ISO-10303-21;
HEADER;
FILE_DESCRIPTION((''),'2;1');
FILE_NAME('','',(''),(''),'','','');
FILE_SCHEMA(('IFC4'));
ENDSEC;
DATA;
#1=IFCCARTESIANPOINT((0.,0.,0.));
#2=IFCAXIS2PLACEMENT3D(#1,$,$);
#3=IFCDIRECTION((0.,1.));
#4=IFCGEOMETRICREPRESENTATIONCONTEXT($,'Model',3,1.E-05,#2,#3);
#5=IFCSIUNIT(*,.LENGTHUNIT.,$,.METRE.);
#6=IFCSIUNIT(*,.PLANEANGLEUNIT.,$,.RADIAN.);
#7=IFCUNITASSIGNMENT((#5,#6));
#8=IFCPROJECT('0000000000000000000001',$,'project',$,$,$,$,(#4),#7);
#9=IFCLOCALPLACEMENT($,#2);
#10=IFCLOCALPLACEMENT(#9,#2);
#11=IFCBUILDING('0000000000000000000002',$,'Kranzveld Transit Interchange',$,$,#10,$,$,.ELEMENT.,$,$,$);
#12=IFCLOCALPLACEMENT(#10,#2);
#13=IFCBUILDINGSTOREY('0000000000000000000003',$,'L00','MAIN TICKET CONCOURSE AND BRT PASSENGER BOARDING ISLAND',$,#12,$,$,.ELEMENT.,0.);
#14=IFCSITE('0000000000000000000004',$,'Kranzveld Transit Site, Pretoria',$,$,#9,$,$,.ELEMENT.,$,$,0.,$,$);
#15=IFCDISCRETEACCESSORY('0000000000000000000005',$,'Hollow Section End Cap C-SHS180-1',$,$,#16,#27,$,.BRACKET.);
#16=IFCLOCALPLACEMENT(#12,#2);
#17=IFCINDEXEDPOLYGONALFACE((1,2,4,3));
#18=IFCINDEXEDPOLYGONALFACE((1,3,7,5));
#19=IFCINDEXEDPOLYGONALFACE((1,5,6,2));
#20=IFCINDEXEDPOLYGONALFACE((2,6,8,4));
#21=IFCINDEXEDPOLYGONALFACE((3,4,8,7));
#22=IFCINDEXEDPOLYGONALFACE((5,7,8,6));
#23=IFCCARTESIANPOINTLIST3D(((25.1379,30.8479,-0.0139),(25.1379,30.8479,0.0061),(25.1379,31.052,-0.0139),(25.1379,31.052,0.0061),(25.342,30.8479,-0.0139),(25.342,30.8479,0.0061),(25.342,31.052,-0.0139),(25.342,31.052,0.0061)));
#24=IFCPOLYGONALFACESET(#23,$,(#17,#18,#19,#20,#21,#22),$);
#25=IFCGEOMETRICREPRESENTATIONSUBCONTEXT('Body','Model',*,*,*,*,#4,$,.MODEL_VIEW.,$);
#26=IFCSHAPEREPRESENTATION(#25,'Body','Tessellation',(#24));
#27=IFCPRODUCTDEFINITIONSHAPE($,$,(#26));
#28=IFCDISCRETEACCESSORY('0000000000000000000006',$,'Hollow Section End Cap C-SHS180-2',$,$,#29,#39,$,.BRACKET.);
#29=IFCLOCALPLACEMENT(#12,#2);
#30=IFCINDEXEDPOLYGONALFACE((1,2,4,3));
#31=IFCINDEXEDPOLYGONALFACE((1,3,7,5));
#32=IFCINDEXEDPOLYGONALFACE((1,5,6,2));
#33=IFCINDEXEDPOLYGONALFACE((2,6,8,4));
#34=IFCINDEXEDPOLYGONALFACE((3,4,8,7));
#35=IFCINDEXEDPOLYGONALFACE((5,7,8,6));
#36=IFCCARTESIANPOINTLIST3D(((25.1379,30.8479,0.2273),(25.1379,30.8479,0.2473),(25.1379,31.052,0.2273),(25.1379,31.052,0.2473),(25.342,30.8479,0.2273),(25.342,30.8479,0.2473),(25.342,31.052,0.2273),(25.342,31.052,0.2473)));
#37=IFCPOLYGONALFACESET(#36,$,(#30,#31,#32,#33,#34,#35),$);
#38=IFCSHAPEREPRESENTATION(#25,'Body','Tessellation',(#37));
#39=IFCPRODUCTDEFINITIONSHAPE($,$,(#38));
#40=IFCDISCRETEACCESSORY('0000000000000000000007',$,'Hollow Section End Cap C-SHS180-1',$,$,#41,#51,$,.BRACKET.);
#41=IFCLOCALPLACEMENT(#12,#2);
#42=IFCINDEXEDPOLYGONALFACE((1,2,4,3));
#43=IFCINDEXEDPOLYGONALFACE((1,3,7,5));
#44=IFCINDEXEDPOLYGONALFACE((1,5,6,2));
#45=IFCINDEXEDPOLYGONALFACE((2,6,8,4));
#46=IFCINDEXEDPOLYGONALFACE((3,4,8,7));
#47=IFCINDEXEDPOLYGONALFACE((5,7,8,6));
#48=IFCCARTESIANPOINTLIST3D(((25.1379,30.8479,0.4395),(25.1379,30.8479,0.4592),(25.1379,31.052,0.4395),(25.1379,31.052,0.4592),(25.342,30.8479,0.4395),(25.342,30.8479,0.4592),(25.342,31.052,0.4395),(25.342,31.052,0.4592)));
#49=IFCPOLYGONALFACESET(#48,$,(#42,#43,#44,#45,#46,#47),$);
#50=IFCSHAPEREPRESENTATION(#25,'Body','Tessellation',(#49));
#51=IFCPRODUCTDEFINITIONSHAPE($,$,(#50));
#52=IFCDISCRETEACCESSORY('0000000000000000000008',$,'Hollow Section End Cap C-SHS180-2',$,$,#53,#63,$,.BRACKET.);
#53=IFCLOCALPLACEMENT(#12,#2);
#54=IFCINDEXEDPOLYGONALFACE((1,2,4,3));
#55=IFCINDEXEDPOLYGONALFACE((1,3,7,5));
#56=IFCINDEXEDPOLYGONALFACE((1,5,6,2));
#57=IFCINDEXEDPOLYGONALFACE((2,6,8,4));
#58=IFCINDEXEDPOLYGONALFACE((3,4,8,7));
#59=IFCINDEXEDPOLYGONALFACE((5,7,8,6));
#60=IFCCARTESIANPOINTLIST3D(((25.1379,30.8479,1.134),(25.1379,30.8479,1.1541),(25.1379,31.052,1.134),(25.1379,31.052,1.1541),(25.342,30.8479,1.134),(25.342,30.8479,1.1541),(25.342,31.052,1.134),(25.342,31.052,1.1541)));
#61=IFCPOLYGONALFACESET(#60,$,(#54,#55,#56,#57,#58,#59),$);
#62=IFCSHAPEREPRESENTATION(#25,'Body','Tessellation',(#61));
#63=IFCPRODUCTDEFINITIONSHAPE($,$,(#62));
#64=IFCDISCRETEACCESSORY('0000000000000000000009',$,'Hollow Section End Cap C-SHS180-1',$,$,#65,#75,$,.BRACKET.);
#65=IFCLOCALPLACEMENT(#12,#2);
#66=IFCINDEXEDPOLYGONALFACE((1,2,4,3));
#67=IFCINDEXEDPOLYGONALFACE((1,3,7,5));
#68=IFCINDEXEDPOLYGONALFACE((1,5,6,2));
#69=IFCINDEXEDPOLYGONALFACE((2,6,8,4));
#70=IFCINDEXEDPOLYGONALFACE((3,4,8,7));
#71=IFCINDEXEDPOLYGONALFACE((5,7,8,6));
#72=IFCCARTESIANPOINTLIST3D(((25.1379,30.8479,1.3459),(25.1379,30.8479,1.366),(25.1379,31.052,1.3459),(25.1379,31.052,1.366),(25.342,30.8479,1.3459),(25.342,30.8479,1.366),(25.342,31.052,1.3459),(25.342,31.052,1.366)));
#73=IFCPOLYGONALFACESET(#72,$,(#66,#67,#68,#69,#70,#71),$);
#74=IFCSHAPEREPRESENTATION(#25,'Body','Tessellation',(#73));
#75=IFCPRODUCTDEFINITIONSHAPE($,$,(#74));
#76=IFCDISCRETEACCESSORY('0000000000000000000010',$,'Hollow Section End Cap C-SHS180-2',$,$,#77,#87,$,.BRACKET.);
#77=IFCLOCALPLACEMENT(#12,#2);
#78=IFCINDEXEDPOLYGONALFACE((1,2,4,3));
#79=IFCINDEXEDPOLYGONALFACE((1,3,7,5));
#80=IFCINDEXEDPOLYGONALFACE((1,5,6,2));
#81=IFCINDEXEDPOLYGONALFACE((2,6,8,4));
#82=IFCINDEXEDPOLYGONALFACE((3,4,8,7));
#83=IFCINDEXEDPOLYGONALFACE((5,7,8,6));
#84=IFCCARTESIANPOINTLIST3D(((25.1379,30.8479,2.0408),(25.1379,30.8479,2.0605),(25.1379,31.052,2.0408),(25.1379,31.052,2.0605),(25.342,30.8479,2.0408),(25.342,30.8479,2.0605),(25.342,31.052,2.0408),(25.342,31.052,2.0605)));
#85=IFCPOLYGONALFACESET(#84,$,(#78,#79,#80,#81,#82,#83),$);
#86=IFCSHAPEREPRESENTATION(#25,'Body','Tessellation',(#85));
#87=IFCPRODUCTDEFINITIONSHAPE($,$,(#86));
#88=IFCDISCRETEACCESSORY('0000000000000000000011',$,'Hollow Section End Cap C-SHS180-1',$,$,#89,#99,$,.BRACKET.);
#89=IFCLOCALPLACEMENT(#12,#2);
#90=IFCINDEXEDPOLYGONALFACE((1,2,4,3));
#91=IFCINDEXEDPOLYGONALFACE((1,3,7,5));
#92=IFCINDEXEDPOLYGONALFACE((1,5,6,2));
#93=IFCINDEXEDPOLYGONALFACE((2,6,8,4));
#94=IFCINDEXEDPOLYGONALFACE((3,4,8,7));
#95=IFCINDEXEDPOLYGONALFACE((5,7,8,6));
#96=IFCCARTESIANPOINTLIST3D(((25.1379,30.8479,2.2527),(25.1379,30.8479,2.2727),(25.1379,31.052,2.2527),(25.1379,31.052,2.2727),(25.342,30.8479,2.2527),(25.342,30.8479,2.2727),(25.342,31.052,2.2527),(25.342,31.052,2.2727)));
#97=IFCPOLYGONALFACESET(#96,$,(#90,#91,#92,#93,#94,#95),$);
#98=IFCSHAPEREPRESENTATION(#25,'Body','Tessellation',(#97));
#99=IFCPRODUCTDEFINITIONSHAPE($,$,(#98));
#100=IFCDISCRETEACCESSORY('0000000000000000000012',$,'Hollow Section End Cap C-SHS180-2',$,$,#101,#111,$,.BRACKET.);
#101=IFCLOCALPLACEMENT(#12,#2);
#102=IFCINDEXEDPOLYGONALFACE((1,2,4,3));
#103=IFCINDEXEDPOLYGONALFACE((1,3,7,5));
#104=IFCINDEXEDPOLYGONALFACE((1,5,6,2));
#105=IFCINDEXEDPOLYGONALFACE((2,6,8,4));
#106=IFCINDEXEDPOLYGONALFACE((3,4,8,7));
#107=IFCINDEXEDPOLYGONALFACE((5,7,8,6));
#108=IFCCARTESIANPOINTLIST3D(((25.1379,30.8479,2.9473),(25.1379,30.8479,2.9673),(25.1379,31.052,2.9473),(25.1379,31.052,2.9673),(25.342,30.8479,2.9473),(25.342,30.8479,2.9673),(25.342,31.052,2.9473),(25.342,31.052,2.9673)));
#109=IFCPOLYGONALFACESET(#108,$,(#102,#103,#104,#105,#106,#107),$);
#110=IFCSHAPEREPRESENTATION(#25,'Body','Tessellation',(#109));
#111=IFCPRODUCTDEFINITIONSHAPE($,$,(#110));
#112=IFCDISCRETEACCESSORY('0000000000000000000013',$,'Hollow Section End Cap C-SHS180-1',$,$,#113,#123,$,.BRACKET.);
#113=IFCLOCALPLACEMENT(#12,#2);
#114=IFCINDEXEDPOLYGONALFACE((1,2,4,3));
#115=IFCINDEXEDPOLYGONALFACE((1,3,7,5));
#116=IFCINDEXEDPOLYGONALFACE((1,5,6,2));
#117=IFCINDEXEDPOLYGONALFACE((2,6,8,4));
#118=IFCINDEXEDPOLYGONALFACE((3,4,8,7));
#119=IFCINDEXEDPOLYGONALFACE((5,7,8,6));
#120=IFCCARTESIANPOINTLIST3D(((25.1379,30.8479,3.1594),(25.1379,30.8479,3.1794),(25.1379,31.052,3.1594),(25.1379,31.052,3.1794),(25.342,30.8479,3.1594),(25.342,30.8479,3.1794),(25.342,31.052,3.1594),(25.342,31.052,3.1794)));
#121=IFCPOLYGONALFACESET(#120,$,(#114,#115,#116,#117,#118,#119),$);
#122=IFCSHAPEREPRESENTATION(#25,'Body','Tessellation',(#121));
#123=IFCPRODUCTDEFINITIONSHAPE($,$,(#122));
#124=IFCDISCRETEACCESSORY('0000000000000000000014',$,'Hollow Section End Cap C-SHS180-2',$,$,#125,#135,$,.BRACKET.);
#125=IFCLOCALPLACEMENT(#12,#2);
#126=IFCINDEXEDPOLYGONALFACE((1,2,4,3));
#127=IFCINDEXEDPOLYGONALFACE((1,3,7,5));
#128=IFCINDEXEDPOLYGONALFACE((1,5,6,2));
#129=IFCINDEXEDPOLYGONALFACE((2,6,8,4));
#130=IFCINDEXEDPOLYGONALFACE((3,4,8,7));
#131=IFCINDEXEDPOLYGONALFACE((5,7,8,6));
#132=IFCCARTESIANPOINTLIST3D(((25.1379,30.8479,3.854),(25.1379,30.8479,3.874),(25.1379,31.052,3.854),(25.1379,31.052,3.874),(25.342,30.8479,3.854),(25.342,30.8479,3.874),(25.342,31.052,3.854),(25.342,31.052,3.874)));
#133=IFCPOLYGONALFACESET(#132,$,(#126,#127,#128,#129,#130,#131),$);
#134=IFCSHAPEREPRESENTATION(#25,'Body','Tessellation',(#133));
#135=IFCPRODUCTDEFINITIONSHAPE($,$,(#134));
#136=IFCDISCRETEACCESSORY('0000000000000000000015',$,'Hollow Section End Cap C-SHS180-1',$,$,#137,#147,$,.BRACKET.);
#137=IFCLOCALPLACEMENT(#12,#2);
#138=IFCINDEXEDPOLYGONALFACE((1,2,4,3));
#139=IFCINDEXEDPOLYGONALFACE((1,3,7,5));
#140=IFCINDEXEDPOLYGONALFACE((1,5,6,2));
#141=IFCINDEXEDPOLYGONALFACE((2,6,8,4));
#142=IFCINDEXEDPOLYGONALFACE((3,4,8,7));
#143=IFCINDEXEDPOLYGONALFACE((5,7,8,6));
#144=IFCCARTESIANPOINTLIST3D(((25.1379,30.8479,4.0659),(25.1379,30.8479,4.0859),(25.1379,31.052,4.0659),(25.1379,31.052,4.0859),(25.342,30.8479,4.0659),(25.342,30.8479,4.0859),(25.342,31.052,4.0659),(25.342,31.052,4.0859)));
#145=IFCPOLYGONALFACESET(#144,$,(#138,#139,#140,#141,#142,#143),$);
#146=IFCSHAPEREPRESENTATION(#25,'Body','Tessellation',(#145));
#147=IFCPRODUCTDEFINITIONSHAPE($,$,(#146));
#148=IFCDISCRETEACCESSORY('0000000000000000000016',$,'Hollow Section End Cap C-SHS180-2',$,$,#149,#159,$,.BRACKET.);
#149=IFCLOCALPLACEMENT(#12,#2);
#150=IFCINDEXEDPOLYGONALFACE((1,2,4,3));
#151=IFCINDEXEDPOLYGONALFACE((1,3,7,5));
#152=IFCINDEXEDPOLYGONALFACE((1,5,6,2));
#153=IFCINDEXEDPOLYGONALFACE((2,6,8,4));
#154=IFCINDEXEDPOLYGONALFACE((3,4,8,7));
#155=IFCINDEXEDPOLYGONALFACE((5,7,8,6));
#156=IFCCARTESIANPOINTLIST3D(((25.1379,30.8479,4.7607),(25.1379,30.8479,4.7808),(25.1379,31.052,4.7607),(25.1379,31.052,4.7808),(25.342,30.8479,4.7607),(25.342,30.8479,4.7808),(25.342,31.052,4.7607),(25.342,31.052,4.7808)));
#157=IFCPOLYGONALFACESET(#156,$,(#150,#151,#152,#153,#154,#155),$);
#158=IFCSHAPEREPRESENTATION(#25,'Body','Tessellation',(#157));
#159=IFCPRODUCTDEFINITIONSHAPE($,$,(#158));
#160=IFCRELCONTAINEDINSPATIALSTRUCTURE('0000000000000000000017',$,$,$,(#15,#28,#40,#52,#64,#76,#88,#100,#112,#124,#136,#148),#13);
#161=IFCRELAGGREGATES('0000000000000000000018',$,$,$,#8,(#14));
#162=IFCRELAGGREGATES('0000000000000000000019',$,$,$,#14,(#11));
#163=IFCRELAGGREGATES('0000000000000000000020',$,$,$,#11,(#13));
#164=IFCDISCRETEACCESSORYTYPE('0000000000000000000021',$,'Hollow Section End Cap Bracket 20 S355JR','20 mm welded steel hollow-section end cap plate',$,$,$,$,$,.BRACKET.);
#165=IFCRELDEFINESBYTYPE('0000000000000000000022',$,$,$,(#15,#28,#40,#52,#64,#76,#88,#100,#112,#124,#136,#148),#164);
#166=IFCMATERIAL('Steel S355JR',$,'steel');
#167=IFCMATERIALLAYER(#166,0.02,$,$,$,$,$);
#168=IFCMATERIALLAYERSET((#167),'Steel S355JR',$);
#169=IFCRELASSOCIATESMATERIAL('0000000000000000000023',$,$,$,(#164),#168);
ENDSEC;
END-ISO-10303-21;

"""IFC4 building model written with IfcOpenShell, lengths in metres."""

from ifc_helpers import new_model, si_unit, direction, frame, origin, origin_2d, place, context, subcontext, project, spatial, rectangle, extrude, material, layer, layer_set, type_object, element, save


model = new_model("IFC4")

# Units and contexts
model_context = context("Model", 3, precision=1e-05, world=origin(), true_north=direction((0.0, 1.0)))
body_context = subcontext(model_context, "Body", "Model", "MODEL_VIEW")
ifc_project = project(units=[si_unit("LENGTHUNIT", "METRE"), si_unit("PLANEANGLEUNIT", "RADIAN")], contexts=[model_context])

# Site, building, storey
site_placement = place(None, origin())
site = spatial("IfcSite", under=ifc_project, at=site_placement, Name="Kranzveld Transit Site, Pretoria", CompositionType="ELEMENT", RefElevation=0.0)
building_placement = place(site_placement, origin())
building = spatial("IfcBuilding", under=site, at=building_placement, Name="Kranzveld Transit Interchange", CompositionType="ELEMENT")
storey_placement = place(building_placement, origin())
storey = spatial("IfcBuildingStorey", under=building, at=storey_placement, Name="L00", Description="MAIN TICKET CONCOURSE AND BRT PASSENGER BOARDING ISLAND", CompositionType="ELEMENT", Elevation=0.0)

# Discrete accessories
ifc_material_1 = material(Name="Steel S355JR", Category="steel")
ifc_layer_1 = layer(ifc_material_1, 0.02)
ifc_layer_set_1 = layer_set([ifc_layer_1], Name="Steel S355JR")
discrete_accessory_type = type_object("IfcDiscreteAccessoryType", Name="Hollow Section End Cap Bracket 20 S355JR", Description="20 mm welded steel hollow-section end cap plate", PredefinedType="BRACKET", material=ifc_layer_set_1)
for number, where, z_axis, x_axis, name in (
    (1, (25.24, 30.95, 0.0061), (0.0, 0.0, -1.0), (1.0, 0.0, 0.0), "Hollow Section End Cap C-SHS180-1"),
    (2, (25.24, 30.95, 0.2273), (0.0, 0.0, 1.0), (1.0, 0.0, 0.0), "Hollow Section End Cap C-SHS180-2"),
):
    element("IfcDiscreteAccessory", number, at=place(storey_placement, frame(where, z_axis=z_axis, x_axis=x_axis)), inside=storey, type_object=discrete_accessory_type, Name=name, PredefinedType="BRACKET", context=body_context, shape_type="SweptSolid", body=[
        extrude(rectangle(XDim=0.2041, YDim=0.2041, at=origin_2d()), origin(), (0.0, 0.0, 1.0), 0.02),
    ])
discrete_accessory_1_placement = place(storey_placement, frame((25.24, 30.95, 0.4592), z_axis=(0.0, 0.0, -1.0), x_axis=(1.0, 0.0, 0.0)))
element("IfcDiscreteAccessory", 3, at=discrete_accessory_1_placement, inside=storey, type_object=discrete_accessory_type, Name="Hollow Section End Cap C-SHS180-1", PredefinedType="BRACKET", context=body_context, shape_type="SweptSolid", body=[
    extrude(rectangle(XDim=0.2041, YDim=0.2041, at=origin_2d()), origin(), (0.0, 0.0, 1.0), 0.0198),
])
for number, where, z_axis, x_axis, name in (
    (4, (25.24, 30.95, 1.134), (0.0, 0.0, 1.0), (1.0, 0.0, 0.0), "Hollow Section End Cap C-SHS180-2"),
    (5, (25.24, 30.95, 1.366), (0.0, 0.0, -1.0), (1.0, 0.0, 0.0), "Hollow Section End Cap C-SHS180-1"),
):
    element("IfcDiscreteAccessory", number, at=place(storey_placement, frame(where, z_axis=z_axis, x_axis=x_axis)), inside=storey, type_object=discrete_accessory_type, Name=name, PredefinedType="BRACKET", context=body_context, shape_type="SweptSolid", body=[
        extrude(rectangle(XDim=0.2041, YDim=0.2041, at=origin_2d()), origin(), (0.0, 0.0, 1.0), 0.02),
    ])
discrete_accessory_2_placement = place(storey_placement, frame((25.24, 30.95, 2.0408), z_axis=(0.0, 0.0, 1.0), x_axis=(1.0, 0.0, 0.0)))
element("IfcDiscreteAccessory", 6, at=discrete_accessory_2_placement, inside=storey, type_object=discrete_accessory_type, Name="Hollow Section End Cap C-SHS180-2", PredefinedType="BRACKET", context=body_context, shape_type="SweptSolid", body=[
    extrude(rectangle(XDim=0.2041, YDim=0.2041, at=origin_2d()), origin(), (0.0, 0.0, 1.0), 0.0198),
])
for number, where, z_axis, x_axis, name in (
    (7, (25.24, 30.95, 2.2727), (0.0, 0.0, -1.0), (1.0, 0.0, 0.0), "Hollow Section End Cap C-SHS180-1"),
    (8, (25.24, 30.95, 2.9473), (0.0, 0.0, 1.0), (1.0, 0.0, 0.0), "Hollow Section End Cap C-SHS180-2"),
    (9, (25.24, 30.95, 3.1794), (0.0, 0.0, -1.0), (1.0, 0.0, 0.0), "Hollow Section End Cap C-SHS180-1"),
    (10, (25.24, 30.95, 3.854), (0.0, 0.0, 1.0), (1.0, 0.0, 0.0), "Hollow Section End Cap C-SHS180-2"),
    (11, (25.24, 30.95, 4.0859), (0.0, 0.0, -1.0), (1.0, 0.0, 0.0), "Hollow Section End Cap C-SHS180-1"),
    (12, (25.24, 30.95, 4.7607), (0.0, 0.0, 1.0), (1.0, 0.0, 0.0), "Hollow Section End Cap C-SHS180-2"),
):
    element("IfcDiscreteAccessory", number, at=place(storey_placement, frame(where, z_axis=z_axis, x_axis=x_axis)), inside=storey, type_object=discrete_accessory_type, Name=name, PredefinedType="BRACKET", context=body_context, shape_type="SweptSolid", body=[
        extrude(rectangle(XDim=0.2041, YDim=0.2041, at=origin_2d()), origin(), (0.0, 0.0, 1.0), 0.02),
    ])

save(model, "model.ifc")
